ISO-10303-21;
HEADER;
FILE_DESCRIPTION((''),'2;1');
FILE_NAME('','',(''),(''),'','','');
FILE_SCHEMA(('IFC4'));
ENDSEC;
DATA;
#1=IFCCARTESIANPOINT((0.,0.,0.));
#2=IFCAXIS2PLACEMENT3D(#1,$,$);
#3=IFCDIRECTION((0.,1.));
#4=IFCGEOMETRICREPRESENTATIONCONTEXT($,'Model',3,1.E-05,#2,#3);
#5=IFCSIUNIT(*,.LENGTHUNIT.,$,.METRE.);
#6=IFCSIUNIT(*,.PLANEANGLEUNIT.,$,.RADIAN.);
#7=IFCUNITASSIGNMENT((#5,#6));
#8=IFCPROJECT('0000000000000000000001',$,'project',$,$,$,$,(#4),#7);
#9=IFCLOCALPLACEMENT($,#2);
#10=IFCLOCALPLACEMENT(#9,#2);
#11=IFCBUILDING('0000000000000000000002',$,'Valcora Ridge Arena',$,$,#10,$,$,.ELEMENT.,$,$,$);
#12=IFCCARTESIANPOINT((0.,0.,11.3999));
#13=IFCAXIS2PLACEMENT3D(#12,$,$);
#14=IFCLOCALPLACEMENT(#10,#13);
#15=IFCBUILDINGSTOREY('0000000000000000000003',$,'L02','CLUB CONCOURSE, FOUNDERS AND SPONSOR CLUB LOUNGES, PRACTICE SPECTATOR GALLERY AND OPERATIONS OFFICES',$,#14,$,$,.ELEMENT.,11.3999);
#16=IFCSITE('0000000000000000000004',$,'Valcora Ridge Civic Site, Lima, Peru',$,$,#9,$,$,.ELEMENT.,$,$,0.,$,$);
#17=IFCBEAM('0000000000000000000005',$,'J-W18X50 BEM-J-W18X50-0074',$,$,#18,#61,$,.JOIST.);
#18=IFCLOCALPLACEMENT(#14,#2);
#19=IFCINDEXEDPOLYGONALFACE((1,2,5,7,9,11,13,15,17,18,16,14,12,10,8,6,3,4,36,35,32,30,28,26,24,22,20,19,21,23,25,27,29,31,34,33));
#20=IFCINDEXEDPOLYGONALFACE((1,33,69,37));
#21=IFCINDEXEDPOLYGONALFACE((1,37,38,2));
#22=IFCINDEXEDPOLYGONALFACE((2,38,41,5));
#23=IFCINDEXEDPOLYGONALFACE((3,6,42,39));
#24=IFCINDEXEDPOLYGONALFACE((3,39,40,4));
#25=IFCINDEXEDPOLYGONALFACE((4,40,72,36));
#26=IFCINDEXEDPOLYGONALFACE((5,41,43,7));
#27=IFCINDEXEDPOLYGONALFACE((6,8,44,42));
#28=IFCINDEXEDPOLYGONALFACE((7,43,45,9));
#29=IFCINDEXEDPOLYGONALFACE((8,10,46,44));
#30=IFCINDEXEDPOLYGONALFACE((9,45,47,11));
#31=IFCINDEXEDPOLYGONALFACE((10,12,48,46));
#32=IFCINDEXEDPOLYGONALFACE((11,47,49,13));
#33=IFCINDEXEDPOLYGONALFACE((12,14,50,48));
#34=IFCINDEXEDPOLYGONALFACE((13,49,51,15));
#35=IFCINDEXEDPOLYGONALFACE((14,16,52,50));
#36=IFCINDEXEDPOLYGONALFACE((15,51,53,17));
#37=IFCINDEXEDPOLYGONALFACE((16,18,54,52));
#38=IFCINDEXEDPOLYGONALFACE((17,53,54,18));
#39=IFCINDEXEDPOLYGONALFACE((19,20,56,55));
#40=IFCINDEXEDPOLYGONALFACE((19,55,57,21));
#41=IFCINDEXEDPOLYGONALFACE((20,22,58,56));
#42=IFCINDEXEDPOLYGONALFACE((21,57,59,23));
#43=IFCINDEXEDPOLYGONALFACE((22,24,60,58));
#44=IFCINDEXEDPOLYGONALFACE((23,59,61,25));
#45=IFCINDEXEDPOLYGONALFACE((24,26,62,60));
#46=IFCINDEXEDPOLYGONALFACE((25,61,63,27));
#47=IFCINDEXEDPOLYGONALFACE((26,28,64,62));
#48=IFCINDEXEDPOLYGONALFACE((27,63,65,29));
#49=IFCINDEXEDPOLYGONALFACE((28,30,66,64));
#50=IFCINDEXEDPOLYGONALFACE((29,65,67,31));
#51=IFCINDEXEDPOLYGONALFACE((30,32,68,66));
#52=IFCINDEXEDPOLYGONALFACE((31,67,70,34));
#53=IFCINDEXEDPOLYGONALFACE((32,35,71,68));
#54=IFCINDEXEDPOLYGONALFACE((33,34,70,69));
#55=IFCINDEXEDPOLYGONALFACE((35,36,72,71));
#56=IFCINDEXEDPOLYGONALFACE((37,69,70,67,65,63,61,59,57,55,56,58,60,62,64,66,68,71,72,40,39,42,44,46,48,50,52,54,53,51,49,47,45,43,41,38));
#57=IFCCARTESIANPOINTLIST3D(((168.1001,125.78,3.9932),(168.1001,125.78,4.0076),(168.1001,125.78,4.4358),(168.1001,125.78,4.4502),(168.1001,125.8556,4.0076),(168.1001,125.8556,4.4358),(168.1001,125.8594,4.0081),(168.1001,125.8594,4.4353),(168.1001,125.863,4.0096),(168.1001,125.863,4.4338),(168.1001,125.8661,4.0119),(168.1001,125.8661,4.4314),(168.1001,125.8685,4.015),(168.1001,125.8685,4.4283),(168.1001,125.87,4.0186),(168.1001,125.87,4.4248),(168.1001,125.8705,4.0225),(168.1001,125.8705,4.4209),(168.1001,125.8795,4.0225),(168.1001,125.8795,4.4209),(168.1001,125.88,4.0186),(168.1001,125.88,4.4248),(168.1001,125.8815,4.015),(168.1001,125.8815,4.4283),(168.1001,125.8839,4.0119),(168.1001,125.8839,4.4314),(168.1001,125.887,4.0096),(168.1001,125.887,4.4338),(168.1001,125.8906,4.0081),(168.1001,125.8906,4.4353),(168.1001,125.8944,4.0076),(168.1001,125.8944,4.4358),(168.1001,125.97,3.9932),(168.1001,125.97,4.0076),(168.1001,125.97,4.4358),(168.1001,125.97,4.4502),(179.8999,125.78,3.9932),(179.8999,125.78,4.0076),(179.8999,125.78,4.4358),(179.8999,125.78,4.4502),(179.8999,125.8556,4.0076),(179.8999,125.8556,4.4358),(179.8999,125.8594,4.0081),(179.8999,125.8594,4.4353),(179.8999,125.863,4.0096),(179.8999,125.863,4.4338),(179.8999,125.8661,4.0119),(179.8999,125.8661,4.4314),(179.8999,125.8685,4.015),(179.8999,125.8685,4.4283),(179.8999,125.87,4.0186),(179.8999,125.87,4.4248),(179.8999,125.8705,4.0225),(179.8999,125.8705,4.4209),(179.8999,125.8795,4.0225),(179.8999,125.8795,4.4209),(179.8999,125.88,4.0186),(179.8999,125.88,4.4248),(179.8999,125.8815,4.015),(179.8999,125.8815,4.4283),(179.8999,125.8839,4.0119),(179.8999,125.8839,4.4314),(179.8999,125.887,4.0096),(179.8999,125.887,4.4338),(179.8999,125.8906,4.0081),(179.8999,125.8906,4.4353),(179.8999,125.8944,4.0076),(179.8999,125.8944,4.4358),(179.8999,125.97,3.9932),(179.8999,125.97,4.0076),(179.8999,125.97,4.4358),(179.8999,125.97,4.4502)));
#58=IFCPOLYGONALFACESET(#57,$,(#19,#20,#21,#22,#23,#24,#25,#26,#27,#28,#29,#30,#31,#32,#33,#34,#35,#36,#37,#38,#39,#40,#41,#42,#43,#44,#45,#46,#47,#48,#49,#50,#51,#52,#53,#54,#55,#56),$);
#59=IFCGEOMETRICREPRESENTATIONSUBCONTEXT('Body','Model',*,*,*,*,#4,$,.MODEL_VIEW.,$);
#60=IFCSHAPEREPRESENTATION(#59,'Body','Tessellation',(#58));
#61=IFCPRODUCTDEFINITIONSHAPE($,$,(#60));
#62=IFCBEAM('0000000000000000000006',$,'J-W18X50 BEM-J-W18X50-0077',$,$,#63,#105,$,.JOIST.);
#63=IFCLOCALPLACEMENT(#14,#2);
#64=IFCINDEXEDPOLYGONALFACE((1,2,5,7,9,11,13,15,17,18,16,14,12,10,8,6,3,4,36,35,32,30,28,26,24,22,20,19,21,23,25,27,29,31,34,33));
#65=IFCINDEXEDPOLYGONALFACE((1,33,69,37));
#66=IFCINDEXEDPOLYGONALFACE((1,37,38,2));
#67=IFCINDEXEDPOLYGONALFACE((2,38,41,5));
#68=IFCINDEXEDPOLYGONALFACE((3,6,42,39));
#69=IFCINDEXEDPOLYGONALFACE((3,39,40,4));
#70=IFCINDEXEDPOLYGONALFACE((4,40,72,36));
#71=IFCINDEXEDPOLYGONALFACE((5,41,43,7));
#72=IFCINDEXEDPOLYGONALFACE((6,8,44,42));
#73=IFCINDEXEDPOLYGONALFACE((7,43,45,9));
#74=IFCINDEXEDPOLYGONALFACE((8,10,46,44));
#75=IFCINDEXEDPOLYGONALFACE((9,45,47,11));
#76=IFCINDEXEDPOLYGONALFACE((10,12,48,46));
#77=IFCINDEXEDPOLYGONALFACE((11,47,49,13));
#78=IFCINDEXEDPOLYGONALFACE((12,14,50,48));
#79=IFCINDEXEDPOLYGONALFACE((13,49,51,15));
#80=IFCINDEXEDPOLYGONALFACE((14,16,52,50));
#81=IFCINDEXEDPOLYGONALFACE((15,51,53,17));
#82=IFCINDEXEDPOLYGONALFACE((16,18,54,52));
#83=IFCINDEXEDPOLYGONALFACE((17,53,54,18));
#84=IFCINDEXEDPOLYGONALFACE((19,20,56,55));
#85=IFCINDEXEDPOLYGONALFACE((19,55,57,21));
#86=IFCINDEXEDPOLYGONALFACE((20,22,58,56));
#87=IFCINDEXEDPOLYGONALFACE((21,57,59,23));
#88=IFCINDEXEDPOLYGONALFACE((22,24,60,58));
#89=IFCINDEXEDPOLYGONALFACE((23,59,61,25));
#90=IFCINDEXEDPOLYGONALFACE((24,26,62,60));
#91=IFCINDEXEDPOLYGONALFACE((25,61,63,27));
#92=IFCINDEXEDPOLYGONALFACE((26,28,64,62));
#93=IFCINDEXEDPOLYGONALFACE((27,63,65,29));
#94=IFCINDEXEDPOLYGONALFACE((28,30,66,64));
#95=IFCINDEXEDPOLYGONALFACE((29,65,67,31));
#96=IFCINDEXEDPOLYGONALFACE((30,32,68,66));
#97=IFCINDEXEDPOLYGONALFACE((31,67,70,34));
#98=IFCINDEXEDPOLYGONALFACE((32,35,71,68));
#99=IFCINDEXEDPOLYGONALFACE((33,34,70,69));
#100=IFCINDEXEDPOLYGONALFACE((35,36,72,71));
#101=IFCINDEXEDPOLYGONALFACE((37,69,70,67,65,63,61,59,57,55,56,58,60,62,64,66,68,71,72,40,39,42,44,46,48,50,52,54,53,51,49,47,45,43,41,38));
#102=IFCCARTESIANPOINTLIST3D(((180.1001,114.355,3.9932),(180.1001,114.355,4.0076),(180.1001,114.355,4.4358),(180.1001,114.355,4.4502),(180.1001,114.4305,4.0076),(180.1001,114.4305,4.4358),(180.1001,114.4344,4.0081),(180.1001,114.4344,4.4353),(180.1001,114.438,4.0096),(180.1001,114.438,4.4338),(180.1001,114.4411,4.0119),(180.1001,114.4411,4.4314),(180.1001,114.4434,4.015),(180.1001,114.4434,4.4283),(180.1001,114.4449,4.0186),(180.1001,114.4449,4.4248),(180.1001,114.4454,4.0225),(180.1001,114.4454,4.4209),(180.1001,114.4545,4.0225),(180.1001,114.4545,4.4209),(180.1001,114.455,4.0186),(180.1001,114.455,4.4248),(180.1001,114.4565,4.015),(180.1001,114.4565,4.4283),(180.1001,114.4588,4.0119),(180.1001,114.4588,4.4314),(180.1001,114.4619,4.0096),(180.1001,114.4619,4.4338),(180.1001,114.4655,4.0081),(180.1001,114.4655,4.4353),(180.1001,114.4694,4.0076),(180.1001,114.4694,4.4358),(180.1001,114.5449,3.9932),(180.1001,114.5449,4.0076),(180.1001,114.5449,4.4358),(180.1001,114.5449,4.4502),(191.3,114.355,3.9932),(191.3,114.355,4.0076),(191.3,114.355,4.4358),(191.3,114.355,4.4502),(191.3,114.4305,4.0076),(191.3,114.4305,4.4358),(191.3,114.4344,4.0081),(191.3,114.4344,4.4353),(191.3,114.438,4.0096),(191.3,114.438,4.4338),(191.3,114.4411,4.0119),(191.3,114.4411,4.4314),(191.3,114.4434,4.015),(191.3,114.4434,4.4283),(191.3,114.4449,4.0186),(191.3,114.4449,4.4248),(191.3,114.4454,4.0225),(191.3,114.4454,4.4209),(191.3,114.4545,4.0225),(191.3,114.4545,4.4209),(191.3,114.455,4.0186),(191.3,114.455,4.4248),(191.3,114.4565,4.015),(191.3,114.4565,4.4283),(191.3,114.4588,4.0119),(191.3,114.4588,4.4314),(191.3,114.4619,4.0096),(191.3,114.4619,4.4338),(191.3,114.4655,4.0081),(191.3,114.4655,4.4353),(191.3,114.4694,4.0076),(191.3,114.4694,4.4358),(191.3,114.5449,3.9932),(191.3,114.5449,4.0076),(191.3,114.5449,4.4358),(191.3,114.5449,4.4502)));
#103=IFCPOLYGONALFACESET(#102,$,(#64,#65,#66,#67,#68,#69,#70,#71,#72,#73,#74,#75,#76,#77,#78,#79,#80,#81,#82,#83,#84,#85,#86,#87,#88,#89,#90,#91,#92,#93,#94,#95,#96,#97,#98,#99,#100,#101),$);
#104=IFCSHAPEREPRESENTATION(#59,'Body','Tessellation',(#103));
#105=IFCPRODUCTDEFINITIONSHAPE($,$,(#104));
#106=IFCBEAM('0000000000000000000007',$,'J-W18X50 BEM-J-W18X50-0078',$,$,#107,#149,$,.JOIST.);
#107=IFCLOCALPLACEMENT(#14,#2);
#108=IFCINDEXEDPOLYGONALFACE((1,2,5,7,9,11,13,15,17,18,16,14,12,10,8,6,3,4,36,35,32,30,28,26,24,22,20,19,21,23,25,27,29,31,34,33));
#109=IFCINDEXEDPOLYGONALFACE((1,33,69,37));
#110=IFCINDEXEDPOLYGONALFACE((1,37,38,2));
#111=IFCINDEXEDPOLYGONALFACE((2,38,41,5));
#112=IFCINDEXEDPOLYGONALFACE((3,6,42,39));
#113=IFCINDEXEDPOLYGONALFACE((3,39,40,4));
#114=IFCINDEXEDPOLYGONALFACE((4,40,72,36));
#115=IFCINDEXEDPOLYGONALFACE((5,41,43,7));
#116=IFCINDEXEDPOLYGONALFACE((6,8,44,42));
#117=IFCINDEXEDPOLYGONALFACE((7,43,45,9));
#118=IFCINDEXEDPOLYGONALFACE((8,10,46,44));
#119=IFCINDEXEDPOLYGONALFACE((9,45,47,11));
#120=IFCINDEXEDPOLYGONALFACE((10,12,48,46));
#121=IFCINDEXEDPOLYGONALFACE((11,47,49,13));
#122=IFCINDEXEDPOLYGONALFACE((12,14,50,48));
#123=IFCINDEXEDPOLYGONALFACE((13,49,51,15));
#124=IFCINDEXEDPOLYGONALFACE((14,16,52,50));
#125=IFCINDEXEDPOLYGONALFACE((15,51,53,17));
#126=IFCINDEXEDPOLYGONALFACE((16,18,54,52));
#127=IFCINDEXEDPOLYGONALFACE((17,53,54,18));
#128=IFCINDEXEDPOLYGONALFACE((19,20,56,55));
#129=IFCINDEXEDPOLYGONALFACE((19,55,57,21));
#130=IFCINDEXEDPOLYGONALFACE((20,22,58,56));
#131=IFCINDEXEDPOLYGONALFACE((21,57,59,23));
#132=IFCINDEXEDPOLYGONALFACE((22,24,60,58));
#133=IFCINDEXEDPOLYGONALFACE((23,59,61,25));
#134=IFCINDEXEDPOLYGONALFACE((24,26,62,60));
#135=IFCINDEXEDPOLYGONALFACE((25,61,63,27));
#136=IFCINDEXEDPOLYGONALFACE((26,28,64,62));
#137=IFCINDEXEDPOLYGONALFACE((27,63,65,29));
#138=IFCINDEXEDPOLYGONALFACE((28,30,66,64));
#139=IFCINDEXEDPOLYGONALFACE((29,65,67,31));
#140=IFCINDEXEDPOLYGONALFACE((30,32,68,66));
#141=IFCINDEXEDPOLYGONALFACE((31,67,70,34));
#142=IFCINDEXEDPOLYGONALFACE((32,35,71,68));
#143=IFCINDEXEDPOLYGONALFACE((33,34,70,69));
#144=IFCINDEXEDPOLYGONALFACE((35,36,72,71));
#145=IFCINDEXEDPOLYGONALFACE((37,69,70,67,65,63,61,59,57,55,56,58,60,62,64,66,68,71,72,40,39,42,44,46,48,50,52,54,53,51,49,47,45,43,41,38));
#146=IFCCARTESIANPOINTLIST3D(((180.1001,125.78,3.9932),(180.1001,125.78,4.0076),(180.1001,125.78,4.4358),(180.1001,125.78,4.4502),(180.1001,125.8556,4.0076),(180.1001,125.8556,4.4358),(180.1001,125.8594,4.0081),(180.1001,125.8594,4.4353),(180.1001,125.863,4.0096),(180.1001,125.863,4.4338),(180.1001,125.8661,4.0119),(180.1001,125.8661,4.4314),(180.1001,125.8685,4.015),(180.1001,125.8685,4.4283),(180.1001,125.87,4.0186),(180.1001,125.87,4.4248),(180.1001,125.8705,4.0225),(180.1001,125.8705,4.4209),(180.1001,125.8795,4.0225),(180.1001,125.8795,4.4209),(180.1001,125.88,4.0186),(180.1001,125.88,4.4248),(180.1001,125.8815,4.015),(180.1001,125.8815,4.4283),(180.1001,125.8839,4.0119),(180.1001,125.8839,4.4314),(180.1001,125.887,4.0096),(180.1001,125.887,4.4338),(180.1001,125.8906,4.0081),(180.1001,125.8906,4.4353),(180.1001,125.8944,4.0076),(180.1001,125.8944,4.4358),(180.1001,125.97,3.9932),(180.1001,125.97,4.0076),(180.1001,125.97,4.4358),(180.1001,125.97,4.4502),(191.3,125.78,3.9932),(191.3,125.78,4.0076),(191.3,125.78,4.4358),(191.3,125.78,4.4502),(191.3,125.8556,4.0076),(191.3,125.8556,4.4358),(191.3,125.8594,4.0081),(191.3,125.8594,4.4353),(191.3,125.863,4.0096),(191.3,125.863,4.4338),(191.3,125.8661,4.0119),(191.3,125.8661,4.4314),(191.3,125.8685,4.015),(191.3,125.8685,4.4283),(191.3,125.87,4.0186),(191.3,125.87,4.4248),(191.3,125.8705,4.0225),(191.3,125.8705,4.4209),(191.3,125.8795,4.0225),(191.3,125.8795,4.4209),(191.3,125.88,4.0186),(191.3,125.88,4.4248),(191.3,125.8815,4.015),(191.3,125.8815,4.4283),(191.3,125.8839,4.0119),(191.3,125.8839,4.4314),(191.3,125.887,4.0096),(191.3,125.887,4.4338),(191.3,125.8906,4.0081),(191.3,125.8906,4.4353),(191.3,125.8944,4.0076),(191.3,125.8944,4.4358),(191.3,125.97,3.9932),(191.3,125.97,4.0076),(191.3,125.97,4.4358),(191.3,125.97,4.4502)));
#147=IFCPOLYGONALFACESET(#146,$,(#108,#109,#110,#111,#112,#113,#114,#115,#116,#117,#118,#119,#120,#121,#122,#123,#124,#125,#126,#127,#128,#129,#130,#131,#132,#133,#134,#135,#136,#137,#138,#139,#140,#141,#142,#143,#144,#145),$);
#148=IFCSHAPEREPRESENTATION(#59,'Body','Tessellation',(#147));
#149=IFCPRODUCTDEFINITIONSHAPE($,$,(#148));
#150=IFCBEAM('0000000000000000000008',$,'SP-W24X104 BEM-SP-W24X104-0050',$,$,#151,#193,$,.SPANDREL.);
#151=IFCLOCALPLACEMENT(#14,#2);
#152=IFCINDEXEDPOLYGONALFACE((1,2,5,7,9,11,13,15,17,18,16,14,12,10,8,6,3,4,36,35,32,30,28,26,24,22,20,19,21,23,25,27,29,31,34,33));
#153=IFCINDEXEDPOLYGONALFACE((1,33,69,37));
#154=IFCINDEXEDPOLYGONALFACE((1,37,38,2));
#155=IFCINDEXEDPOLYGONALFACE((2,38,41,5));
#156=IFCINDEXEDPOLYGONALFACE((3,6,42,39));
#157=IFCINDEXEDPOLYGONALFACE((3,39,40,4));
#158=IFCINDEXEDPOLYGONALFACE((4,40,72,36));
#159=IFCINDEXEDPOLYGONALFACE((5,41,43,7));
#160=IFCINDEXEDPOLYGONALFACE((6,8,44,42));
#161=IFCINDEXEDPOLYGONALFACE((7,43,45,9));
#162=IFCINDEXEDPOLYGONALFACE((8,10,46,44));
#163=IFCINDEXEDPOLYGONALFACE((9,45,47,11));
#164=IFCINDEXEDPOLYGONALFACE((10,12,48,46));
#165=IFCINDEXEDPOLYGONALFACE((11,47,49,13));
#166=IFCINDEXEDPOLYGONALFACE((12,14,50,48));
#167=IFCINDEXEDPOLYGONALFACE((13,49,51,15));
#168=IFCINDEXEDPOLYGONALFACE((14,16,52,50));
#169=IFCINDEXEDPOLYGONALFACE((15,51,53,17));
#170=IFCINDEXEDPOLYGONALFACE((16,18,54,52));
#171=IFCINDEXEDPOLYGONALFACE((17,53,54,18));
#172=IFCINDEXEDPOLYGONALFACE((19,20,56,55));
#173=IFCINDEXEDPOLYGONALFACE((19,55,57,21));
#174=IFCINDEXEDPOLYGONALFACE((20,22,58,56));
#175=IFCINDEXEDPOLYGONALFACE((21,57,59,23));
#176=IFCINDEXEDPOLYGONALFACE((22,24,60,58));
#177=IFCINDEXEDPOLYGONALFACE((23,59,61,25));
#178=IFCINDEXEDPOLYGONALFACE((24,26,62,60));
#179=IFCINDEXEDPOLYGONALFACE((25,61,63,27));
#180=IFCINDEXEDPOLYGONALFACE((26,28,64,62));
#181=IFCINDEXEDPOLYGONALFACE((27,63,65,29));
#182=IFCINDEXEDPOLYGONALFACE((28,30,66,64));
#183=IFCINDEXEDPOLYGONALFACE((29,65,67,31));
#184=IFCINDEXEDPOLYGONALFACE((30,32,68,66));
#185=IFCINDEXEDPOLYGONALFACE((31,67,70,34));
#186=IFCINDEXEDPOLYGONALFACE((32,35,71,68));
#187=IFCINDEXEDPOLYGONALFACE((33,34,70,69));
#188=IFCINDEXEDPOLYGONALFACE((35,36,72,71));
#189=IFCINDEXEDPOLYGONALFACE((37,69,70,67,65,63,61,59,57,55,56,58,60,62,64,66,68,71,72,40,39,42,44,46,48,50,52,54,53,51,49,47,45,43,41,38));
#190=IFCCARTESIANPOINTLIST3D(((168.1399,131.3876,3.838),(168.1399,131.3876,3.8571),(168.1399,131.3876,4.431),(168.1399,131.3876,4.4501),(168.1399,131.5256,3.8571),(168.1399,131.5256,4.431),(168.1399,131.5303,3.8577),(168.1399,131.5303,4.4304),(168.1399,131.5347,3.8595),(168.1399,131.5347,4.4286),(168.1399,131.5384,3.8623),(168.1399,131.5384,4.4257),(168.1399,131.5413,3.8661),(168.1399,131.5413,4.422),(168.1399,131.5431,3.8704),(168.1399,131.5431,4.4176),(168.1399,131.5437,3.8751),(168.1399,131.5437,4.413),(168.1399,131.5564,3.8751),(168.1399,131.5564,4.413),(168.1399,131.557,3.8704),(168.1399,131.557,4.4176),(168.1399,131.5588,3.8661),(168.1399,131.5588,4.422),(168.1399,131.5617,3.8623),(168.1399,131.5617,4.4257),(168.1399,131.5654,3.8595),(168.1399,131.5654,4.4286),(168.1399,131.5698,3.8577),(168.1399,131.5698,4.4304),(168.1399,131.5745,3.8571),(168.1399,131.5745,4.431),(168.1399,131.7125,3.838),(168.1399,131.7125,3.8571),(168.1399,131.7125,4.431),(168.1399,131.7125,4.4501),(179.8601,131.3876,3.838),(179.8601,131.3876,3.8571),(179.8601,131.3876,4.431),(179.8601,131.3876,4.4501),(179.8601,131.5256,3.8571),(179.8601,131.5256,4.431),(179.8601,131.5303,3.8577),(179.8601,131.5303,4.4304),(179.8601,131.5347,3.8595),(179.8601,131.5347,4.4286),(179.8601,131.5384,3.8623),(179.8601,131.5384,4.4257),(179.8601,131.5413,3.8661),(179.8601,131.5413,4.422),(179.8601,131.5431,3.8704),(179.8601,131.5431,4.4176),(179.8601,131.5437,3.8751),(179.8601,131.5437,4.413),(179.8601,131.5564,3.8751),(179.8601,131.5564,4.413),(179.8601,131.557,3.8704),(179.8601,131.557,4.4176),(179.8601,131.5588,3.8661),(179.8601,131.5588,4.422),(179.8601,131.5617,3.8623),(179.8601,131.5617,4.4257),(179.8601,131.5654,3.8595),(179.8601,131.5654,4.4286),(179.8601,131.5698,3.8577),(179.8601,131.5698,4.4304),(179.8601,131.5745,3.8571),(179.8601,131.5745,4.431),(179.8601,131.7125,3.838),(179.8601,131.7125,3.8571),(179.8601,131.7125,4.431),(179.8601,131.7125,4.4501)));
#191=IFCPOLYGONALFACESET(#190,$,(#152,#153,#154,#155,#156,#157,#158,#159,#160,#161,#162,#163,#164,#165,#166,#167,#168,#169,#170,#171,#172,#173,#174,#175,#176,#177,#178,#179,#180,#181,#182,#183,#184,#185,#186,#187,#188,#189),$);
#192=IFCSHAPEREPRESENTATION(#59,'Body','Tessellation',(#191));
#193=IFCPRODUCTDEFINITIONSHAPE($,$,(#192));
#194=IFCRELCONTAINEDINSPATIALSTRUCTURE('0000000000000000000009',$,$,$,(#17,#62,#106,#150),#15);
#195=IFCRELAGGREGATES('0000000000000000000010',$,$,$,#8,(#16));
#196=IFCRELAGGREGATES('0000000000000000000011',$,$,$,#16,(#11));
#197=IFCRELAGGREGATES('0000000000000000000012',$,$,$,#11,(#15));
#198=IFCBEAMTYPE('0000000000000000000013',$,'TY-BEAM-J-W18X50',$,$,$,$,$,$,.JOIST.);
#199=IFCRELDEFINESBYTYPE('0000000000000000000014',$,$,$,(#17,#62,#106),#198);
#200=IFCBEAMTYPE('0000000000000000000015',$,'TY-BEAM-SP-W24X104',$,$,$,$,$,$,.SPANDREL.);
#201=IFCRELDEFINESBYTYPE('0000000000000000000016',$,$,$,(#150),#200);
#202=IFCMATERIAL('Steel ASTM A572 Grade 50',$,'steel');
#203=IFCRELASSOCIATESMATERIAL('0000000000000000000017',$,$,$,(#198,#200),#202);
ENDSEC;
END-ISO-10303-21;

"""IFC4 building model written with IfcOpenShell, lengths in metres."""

from ifc_helpers import new_model, si_unit, direction, frame, origin, origin_2d, place, context, subcontext, project, spatial, i_section, extrude, material, material_profile, profile_set, type_object, element, save


model = new_model("IFC4")

# Units and contexts
model_context = context("Model", 3, precision=1e-05, world=origin(), true_north=direction((0.0, 1.0)))
body_context = subcontext(model_context, "Body", "Model", "MODEL_VIEW")
ifc_project = project(units=[si_unit("LENGTHUNIT", "METRE"), si_unit("PLANEANGLEUNIT", "RADIAN")], contexts=[model_context])

# Site, building, storey
site_placement = place(None, origin())
site = spatial("IfcSite", under=ifc_project, at=site_placement, Name="Valcora Ridge Civic Site, Lima, Peru", CompositionType="ELEMENT", RefElevation=0.0)
building_placement = place(site_placement, origin())
building = spatial("IfcBuilding", under=site, at=building_placement, Name="Valcora Ridge Arena", CompositionType="ELEMENT")
storey_placement = place(building_placement, frame((0.0, 0.0, 11.3999)))
storey = spatial("IfcBuildingStorey", under=building, at=storey_placement, Name="L02", Description="CLUB CONCOURSE, FOUNDERS AND SPONSOR CLUB LOUNGES, PRACTICE SPECTATOR GALLERY AND OPERATIONS OFFICES", CompositionType="ELEMENT", Elevation=11.3999)

# Beams
ifc_material_1 = material(Name="Steel ASTM A572 Grade 50", Category="steel")
ifc_material_profile_1 = material_profile(ifc_material_1, i_section(OverallWidth=0.1899, OverallDepth=0.457, WebThickness=0.009, FlangeThickness=0.0144, FilletRadius=0.0149, at=origin_2d()), Name="W18X50")
ifc_profile_set_1 = profile_set([ifc_material_profile_1], Name="Steel ASTM A572 Grade 50")
beam_type_1 = type_object("IfcBeamType", Name="TY-BEAM-J-W18X50", PredefinedType="JOIST", material=ifc_profile_set_1)
for number, where, z_axis, x_axis, name in (
    (1, (168.1001, 125.875, 4.2217), (1.0, 0.0, 0.0), (0.0, 1.0, 0.0), "J-W18X50 BEM-J-W18X50-0074"),
):
    element("IfcBeam", number, at=place(storey_placement, frame(where, z_axis=z_axis, x_axis=x_axis)), inside=storey, type_object=beam_type_1, Name=name, PredefinedType="JOIST", context=body_context, shape_type="SweptSolid", body=[
        extrude(i_section(OverallWidth=0.1899, OverallDepth=0.457, WebThickness=0.009, FlangeThickness=0.0144, FilletRadius=0.0149, at=origin_2d()), origin(), (0.0, 0.0, 1.0), 11.7998),
    ])
for number, where, z_axis, x_axis, name in (
    (2, (180.1001, 114.45, 4.2217), (1.0, 0.0, 0.0), (0.0, 1.0, 0.0), "J-W18X50 BEM-J-W18X50-0077"),
    (3, (180.1001, 125.875, 4.2217), (1.0, 0.0, 0.0), (0.0, 1.0, 0.0), "J-W18X50 BEM-J-W18X50-0078"),
):
    element("IfcBeam", number, at=place(storey_placement, frame(where, z_axis=z_axis, x_axis=x_axis)), inside=storey, type_object=beam_type_1, Name=name, PredefinedType="JOIST", context=body_context, shape_type="SweptSolid", body=[
        extrude(i_section(OverallWidth=0.1899, OverallDepth=0.457, WebThickness=0.009, FlangeThickness=0.0144, FilletRadius=0.0149, at=origin_2d()), origin(), (0.0, 0.0, 1.0), 11.2),
    ])
ifc_material_profile_2 = material_profile(ifc_material_1, i_section(OverallWidth=0.325, OverallDepth=0.6121, WebThickness=0.0127, FlangeThickness=0.019, FilletRadius=0.0181, at=origin_2d()), Name="W24X104")
ifc_profile_set_2 = profile_set([ifc_material_profile_2], Name="Steel ASTM A572 Grade 50")
beam_type_2 = type_object("IfcBeamType", Name="TY-BEAM-SP-W24X104", PredefinedType="SPANDREL", material=ifc_profile_set_2)
beam_1_placement = place(storey_placement, frame((168.1399, 131.55, 4.144), z_axis=(1.0, 0.0, 0.0), x_axis=(0.0, 1.0, 0.0)))
element("IfcBeam", 4, at=beam_1_placement, inside=storey, type_object=beam_type_2, Name="SP-W24X104 BEM-SP-W24X104-0050", PredefinedType="SPANDREL", context=body_context, shape_type="SweptSolid", body=[
    extrude(i_section(OverallWidth=0.325, OverallDepth=0.6121, WebThickness=0.0127, FlangeThickness=0.019, FilletRadius=0.0181, at=origin_2d()), origin(), (0.0, 0.0, 1.0), 11.7202),
])

save(model, "model.ifc")
